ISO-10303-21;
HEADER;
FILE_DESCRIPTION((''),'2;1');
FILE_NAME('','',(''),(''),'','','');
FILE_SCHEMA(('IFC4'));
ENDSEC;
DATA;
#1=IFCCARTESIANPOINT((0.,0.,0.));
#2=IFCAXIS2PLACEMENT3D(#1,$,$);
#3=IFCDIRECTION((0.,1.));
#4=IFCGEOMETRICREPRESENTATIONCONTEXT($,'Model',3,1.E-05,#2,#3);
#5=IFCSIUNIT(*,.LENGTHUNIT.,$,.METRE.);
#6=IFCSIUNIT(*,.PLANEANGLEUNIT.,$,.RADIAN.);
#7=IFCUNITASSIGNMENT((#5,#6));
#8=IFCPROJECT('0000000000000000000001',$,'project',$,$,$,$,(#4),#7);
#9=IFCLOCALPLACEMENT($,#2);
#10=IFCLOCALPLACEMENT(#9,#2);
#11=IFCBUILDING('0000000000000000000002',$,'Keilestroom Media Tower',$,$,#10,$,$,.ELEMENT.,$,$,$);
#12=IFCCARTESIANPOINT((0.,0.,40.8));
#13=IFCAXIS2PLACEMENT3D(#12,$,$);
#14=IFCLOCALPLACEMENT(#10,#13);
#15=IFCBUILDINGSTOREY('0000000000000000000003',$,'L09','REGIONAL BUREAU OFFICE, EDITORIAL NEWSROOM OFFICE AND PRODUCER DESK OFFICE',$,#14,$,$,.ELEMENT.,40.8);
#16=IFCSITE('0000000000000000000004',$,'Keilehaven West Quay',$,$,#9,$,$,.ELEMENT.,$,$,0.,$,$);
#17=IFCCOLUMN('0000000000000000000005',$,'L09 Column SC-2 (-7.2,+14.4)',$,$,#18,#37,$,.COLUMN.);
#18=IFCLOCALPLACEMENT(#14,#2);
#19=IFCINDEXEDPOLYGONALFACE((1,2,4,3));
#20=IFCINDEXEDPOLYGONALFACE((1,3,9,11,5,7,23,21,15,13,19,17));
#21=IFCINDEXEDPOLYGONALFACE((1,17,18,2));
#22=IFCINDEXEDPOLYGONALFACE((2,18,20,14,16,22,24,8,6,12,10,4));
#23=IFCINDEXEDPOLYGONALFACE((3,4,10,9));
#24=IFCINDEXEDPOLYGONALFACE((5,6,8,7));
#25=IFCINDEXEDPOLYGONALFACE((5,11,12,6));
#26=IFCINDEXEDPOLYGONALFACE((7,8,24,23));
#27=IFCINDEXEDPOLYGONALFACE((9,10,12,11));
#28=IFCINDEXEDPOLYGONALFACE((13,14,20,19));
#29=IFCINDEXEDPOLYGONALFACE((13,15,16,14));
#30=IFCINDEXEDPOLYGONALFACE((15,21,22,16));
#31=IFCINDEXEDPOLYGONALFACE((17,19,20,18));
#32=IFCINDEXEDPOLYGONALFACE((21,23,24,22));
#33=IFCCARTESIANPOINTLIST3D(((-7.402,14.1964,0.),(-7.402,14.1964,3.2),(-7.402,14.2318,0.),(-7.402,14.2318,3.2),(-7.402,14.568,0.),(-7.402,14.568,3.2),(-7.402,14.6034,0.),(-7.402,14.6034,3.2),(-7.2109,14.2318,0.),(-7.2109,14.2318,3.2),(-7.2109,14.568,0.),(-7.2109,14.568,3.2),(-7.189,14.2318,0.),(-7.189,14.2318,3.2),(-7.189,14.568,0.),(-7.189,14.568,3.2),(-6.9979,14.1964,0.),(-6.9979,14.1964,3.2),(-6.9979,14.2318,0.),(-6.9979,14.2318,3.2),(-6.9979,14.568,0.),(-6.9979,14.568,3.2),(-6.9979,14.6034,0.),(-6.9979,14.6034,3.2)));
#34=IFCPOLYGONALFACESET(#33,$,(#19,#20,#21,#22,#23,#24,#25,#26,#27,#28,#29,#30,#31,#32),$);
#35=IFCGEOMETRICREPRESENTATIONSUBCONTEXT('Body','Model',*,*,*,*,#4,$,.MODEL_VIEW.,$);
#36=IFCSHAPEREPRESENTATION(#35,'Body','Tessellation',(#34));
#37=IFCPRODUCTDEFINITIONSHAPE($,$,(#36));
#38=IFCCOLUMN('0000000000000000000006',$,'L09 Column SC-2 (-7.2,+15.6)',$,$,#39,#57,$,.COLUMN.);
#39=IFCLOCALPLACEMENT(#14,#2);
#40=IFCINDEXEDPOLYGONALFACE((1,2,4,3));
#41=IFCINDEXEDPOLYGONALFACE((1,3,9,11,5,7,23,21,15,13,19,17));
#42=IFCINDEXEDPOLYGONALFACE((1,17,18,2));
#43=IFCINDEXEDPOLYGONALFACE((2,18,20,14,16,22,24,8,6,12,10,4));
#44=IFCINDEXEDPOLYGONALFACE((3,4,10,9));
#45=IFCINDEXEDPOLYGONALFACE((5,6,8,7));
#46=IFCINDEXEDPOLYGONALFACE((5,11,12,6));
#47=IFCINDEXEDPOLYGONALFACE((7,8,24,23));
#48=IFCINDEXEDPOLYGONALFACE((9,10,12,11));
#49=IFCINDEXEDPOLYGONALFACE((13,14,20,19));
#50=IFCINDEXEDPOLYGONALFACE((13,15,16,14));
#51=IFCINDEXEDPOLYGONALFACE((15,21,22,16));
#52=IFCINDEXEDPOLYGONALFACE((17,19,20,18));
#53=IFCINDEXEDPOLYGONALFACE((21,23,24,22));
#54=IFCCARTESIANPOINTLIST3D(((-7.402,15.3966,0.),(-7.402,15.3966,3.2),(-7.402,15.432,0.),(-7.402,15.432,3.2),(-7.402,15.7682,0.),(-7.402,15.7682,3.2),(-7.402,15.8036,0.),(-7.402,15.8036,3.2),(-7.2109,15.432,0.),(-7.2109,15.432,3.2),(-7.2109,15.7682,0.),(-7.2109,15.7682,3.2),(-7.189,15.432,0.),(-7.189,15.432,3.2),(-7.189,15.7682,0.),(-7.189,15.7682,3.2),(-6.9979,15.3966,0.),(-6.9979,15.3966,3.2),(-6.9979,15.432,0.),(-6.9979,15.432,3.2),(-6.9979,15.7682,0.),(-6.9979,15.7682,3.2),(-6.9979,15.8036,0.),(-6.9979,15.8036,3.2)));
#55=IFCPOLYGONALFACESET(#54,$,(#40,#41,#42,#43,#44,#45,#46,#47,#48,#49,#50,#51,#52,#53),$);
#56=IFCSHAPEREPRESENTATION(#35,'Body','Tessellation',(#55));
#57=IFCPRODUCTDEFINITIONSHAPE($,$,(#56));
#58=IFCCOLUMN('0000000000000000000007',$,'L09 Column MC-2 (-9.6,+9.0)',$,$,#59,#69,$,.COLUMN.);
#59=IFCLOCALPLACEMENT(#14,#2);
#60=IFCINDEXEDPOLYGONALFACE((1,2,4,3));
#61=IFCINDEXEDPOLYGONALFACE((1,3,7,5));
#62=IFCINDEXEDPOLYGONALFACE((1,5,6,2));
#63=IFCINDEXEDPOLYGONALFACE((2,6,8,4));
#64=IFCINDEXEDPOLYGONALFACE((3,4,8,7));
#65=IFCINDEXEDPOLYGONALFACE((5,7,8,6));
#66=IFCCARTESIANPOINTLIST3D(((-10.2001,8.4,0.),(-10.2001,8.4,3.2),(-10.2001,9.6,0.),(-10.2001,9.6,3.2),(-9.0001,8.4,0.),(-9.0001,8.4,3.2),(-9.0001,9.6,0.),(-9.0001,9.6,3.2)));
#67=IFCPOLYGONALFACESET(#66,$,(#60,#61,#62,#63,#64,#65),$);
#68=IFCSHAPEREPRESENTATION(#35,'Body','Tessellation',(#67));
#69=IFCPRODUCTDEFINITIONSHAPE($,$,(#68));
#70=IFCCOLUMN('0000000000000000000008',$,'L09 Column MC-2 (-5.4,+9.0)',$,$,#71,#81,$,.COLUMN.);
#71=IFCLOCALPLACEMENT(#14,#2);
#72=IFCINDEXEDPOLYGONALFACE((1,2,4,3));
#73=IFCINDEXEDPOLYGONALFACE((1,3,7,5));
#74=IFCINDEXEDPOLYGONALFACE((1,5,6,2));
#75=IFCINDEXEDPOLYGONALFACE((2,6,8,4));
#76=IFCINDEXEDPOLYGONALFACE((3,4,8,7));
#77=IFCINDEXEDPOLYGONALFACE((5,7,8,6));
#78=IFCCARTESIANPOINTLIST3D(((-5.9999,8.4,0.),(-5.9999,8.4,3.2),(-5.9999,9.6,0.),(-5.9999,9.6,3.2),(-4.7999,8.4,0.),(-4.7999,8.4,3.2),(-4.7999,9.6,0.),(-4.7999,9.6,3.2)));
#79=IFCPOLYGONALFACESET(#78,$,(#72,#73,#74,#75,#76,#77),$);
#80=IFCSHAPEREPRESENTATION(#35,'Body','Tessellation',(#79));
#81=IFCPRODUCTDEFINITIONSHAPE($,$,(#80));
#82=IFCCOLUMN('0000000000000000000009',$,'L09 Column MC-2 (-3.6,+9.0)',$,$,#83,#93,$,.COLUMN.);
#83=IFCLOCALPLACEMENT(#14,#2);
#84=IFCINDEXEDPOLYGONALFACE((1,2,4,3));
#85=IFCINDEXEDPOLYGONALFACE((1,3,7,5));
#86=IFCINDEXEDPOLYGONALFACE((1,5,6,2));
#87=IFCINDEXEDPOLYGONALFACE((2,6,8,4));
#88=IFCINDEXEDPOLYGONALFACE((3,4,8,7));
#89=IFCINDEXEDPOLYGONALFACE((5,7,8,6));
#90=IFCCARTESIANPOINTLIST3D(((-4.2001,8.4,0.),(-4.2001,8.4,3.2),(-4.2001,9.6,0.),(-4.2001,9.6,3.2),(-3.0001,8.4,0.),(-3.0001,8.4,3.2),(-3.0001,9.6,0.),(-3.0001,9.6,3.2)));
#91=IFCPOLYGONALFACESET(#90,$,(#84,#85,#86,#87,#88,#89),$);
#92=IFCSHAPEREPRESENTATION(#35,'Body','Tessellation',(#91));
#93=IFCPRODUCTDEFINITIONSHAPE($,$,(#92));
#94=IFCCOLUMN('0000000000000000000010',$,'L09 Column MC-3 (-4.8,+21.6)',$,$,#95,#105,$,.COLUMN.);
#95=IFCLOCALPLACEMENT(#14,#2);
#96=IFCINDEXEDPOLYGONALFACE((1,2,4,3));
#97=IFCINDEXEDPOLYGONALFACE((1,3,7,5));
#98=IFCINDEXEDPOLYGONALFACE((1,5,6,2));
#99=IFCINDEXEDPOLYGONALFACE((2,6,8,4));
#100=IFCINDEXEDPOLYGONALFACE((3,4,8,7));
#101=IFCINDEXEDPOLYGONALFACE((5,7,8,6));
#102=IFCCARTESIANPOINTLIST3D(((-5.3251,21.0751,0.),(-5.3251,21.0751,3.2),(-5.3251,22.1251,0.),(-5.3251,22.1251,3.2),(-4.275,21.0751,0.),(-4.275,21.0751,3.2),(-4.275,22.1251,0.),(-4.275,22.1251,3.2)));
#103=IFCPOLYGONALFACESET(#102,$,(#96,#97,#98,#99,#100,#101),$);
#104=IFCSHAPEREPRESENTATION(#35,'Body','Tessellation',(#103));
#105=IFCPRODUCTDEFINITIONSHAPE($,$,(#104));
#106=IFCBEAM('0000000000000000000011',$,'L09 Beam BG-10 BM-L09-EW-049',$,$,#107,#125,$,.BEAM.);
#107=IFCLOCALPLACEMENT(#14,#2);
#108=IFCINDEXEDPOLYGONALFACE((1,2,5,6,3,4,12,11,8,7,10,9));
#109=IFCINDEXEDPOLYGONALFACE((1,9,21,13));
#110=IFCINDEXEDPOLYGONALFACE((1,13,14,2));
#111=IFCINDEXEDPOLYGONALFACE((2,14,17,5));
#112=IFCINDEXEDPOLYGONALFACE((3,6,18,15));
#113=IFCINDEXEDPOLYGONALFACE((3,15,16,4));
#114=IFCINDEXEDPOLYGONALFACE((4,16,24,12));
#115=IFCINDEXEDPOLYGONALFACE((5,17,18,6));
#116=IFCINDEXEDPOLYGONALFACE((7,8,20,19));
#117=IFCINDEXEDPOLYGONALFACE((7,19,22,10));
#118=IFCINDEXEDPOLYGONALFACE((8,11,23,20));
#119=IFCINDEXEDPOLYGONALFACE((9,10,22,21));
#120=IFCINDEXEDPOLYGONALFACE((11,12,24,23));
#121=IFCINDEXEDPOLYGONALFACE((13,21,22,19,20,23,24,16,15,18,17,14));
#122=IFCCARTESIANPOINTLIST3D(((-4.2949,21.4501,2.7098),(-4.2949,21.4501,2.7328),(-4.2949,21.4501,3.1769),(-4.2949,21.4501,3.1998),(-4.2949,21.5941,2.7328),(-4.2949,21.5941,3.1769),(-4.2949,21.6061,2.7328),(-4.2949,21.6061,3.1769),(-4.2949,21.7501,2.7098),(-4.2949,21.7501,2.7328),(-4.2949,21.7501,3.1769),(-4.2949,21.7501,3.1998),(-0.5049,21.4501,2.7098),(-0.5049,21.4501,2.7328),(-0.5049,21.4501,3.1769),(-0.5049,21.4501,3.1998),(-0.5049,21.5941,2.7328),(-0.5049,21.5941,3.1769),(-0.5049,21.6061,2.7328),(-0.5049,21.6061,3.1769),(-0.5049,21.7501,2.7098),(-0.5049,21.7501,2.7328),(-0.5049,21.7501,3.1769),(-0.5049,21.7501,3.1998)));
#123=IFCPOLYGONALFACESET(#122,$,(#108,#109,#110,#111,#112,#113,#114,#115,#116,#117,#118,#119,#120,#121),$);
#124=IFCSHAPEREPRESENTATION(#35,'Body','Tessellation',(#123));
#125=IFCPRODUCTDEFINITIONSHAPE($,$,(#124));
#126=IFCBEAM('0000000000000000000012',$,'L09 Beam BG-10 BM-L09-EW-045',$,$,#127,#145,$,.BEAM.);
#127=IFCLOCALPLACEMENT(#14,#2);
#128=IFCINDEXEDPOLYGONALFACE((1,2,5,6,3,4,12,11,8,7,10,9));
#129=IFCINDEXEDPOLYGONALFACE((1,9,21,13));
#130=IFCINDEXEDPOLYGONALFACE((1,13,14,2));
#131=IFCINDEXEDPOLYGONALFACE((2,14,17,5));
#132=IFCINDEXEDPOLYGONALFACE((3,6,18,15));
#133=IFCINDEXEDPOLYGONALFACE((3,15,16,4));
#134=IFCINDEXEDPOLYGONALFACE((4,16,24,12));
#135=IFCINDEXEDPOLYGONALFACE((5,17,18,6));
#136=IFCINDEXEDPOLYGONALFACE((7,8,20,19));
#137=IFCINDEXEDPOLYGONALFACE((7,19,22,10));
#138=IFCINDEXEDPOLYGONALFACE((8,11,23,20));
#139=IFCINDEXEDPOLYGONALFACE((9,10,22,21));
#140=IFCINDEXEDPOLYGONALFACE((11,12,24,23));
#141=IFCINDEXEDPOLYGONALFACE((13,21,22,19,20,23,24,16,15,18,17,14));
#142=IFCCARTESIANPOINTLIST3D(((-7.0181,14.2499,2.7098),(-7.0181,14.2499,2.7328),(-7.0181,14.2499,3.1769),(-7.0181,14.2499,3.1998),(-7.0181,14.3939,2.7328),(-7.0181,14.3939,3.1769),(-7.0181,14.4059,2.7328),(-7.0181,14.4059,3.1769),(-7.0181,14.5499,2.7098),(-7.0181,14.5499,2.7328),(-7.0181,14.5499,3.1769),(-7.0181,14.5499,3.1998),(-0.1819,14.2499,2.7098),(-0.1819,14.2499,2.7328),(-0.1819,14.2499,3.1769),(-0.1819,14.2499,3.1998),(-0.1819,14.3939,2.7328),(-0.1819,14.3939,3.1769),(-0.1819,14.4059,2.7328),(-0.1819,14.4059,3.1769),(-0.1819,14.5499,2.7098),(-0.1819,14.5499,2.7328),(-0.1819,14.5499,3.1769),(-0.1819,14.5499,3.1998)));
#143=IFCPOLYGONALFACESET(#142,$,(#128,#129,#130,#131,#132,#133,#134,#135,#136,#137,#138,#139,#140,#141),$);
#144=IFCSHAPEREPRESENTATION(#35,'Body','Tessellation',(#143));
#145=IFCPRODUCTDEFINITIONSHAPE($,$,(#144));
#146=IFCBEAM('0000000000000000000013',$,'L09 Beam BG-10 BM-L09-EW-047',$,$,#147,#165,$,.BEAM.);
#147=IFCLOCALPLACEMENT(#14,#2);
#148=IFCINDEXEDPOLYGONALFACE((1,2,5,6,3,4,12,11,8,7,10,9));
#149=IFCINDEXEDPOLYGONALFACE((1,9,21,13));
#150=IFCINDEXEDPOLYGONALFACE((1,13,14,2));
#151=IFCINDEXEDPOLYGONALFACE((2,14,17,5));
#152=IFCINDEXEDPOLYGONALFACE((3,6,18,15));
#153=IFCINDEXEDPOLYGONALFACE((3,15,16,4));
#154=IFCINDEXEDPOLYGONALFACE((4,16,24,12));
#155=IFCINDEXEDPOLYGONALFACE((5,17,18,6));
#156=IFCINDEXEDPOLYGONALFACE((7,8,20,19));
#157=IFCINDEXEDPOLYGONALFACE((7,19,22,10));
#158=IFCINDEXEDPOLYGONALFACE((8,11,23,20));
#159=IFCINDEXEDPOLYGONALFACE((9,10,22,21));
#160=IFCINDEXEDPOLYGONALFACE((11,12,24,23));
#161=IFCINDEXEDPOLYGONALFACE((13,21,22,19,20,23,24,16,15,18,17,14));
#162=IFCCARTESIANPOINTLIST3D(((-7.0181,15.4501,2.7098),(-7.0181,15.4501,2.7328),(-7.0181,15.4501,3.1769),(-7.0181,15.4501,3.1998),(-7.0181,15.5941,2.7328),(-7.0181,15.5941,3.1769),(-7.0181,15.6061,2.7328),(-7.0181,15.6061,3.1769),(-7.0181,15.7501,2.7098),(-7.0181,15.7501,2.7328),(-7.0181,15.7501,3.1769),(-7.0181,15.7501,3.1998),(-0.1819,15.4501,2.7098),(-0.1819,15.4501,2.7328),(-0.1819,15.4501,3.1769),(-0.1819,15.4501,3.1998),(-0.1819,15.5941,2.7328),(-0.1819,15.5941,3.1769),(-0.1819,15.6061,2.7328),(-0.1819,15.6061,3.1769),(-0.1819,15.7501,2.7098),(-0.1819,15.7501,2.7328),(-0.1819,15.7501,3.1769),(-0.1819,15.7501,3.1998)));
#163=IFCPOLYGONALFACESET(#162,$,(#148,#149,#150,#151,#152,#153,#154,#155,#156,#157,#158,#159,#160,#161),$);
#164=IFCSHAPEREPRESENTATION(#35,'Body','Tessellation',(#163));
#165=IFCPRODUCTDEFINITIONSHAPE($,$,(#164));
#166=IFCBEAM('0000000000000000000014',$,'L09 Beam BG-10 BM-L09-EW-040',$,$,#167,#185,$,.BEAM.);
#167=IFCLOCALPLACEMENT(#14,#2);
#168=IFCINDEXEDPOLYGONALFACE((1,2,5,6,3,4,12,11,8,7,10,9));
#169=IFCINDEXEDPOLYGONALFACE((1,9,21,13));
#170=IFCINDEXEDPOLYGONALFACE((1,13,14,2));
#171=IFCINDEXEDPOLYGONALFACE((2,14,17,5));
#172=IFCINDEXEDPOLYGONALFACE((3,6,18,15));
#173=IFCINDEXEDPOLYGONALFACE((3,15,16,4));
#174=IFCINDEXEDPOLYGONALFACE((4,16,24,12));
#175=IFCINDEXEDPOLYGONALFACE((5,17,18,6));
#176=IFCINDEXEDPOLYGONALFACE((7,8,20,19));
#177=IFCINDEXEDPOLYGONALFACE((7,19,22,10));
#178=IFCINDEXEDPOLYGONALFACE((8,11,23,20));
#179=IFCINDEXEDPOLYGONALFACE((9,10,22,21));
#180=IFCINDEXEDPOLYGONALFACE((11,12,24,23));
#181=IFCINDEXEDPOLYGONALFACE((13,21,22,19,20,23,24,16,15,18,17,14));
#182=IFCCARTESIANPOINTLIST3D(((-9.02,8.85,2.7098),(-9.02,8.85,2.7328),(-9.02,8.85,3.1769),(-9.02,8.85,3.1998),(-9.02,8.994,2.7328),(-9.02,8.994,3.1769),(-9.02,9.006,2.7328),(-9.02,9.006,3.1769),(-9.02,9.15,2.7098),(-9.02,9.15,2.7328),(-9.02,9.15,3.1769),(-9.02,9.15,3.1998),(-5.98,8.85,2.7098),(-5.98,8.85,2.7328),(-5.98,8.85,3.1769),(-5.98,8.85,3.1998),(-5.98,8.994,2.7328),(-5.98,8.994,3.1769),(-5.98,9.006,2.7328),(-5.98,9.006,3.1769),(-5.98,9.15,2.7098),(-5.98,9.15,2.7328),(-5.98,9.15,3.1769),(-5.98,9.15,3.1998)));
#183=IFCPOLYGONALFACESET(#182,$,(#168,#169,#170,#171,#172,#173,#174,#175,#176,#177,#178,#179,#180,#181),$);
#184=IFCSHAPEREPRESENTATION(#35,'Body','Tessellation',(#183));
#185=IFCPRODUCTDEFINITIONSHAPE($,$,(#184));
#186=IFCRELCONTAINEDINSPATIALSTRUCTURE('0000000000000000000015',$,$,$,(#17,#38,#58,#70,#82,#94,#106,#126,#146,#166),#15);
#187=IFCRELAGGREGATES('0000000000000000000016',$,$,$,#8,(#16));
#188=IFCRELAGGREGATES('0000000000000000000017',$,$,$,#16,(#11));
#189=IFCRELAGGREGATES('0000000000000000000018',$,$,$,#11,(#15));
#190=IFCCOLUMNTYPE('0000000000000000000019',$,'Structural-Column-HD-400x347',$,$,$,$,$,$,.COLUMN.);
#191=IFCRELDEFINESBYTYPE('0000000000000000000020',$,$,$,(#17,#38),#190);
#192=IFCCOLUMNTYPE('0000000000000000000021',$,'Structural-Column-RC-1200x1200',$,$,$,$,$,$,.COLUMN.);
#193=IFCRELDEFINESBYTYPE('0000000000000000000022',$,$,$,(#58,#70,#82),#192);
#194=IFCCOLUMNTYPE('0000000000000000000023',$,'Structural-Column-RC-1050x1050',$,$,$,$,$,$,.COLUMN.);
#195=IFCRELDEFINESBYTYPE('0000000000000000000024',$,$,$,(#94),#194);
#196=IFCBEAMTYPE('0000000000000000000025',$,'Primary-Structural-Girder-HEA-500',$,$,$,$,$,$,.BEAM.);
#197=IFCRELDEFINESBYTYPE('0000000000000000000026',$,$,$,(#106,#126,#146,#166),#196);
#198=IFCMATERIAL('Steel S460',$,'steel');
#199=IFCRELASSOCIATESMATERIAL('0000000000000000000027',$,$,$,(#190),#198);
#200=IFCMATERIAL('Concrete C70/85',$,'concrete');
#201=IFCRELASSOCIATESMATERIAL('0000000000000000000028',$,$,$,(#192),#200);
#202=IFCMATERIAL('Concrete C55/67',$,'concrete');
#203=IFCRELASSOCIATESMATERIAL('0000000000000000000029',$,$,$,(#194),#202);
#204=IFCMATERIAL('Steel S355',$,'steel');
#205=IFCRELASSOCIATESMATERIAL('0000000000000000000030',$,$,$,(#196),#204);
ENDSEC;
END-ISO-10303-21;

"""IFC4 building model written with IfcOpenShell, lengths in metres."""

from ifc_helpers import new_model, si_unit, direction, frame, origin, origin_2d, place, context, subcontext, project, spatial, rectangle, i_section, extrude, source, transform, mapped, material, material_profile, profile_set, type_object, element, save


model = new_model("IFC4")

# Units and contexts
model_context = context("Model", 3, precision=1e-05, world=origin(), true_north=direction((0.0, 1.0)))
body_context = subcontext(model_context, "Body", "Model", "MODEL_VIEW")
ifc_project = project(units=[si_unit("LENGTHUNIT", "METRE"), si_unit("PLANEANGLEUNIT", "RADIAN")], contexts=[model_context])

# Site, building, storey
site_placement = place(None, origin())
site = spatial("IfcSite", under=ifc_project, at=site_placement, Name="Keilehaven West Quay", CompositionType="ELEMENT", RefElevation=0.0)
building_placement = place(site_placement, origin())
building = spatial("IfcBuilding", under=site, at=building_placement, Name="Keilestroom Media Tower", CompositionType="ELEMENT")
storey_placement = place(building_placement, frame((0.0, 0.0, 40.8)))
storey = spatial("IfcBuildingStorey", under=building, at=storey_placement, Name="L09", Description="REGIONAL BUREAU OFFICE, EDITORIAL NEWSROOM OFFICE AND PRODUCER DESK OFFICE", CompositionType="ELEMENT", Elevation=40.8)

# Columns
ifc_material_1 = material(Name="Steel S460", Category="steel")
ifc_material_profile_1 = material_profile(ifc_material_1, i_section(OverallWidth=0.4041, OverallDepth=0.407, WebThickness=0.022, FlangeThickness=0.0354, at=origin_2d()), Name="HD 400x347")
ifc_profile_set_1 = profile_set([ifc_material_profile_1], Name="Steel S460")
column_type_1 = type_object("IfcColumnType", Name="Structural-Column-HD-400x347", PredefinedType="COLUMN", material=ifc_profile_set_1)
shared_shape_1 = source(origin(), body_context, "Body", "SweptSolid", [
    extrude(i_section(OverallWidth=0.4041, OverallDepth=0.407, WebThickness=0.022, FlangeThickness=0.0354, at=origin_2d()), origin(), (0.0, 0.0, 1.0), 3.2),
])
for number, where, z_axis, x_axis, name in (
    (1, (-7.2, 14.3999, 0.0), (0.0, 0.0, 1.0), (1.0, 0.0, 0.0), "L09 Column SC-2 (-7.2,+14.4)"),
    (2, (-7.2, 15.6001, 0.0), (0.0, 0.0, 1.0), (1.0, 0.0, 0.0), "L09 Column SC-2 (-7.2,+15.6)"),
):
    element("IfcColumn", number, at=place(storey_placement, frame(where, z_axis=z_axis, x_axis=x_axis)), inside=storey, type_object=column_type_1, Name=name, PredefinedType="COLUMN", context=body_context, shape_type="MappedRepresentation", body=[
        mapped(shared_shape_1, transform((0.0, 0.0, 0.0), x_axis=(1.0, 0.0, 0.0), y_axis=(0.0, 1.0, 0.0), z_axis=(0.0, 0.0, 1.0), scale=1.0)),
    ])
ifc_material_2 = material(Name="Concrete C70/85", Category="concrete")
ifc_material_profile_2 = material_profile(ifc_material_2, rectangle(XDim=1.2, YDim=1.2, at=origin_2d()), Name="RC 1200x1200")
ifc_profile_set_2 = profile_set([ifc_material_profile_2], Name="Concrete C70/85")
column_type_2 = type_object("IfcColumnType", Name="Structural-Column-RC-1200x1200", PredefinedType="COLUMN", material=ifc_profile_set_2)
shared_shape_2 = source(origin(), body_context, "Body", "SweptSolid", [
    extrude(rectangle(XDim=1.2, YDim=1.2, at=origin_2d()), origin(), (0.0, 0.0, 1.0), 3.2),
])
for number, where, z_axis, x_axis, name in (
    (3, (-9.6001, 9.0, 0.0), (0.0, 0.0, 1.0), (1.0, 0.0, 0.0), "L09 Column MC-2 (-9.6,+9.0)"),
    (4, (-5.3999, 9.0, 0.0), (0.0, 0.0, 1.0), (1.0, 0.0, 0.0), "L09 Column MC-2 (-5.4,+9.0)"),
    (5, (-3.6001, 9.0, 0.0), (0.0, 0.0, 1.0), (1.0, 0.0, 0.0), "L09 Column MC-2 (-3.6,+9.0)"),
):
    element("IfcColumn", number, at=place(storey_placement, frame(where, z_axis=z_axis, x_axis=x_axis)), inside=storey, type_object=column_type_2, Name=name, PredefinedType="COLUMN", context=body_context, shape_type="MappedRepresentation", body=[
        mapped(shared_shape_2, transform((0.0, 0.0, 0.0), x_axis=(1.0, 0.0, 0.0), y_axis=(0.0, 1.0, 0.0), z_axis=(0.0, 0.0, 1.0), scale=1.0)),
    ])
ifc_material_3 = material(Name="Concrete C55/67", Category="concrete")
ifc_material_profile_3 = material_profile(ifc_material_3, rectangle(XDim=1.05, YDim=1.05, at=origin_2d()), Name="RC 1050x1050")
ifc_profile_set_3 = profile_set([ifc_material_profile_3], Name="Concrete C55/67")
column_type_3 = type_object("IfcColumnType", Name="Structural-Column-RC-1050x1050", PredefinedType="COLUMN", material=ifc_profile_set_3)
shared_shape_3 = source(origin(), body_context, "Body", "SweptSolid", [
    extrude(rectangle(XDim=1.05, YDim=1.05, at=origin_2d()), origin(), (0.0, 0.0, 1.0), 3.2),
])
column_placement = place(storey_placement, frame((-4.8, 21.6001, 0.0), z_axis=(0.0, 0.0, 1.0), x_axis=(1.0, 0.0, 0.0)))
element("IfcColumn", 6, at=column_placement, inside=storey, type_object=column_type_3, Name="L09 Column MC-3 (-4.8,+21.6)", PredefinedType="COLUMN", context=body_context, shape_type="MappedRepresentation", body=[
    mapped(shared_shape_3, transform((0.0, 0.0, 0.0), x_axis=(1.0, 0.0, 0.0), y_axis=(0.0, 1.0, 0.0), z_axis=(0.0, 0.0, 1.0), scale=1.0)),
])

# Beams
ifc_material_4 = material(Name="Steel S355", Category="steel")
ifc_material_profile_4 = material_profile(ifc_material_4, i_section(OverallWidth=0.3, OverallDepth=0.49, WebThickness=0.012, FlangeThickness=0.0229, at=origin_2d()), Name="HEA 500")
ifc_profile_set_4 = profile_set([ifc_material_profile_4], Name="Steel S355")
beam_type = type_object("IfcBeamType", Name="Primary-Structural-Girder-HEA-500", PredefinedType="BEAM", material=ifc_profile_set_4)
shared_shape_4 = source(origin(), body_context, "Body", "SweptSolid", [
    extrude(i_section(OverallWidth=0.3, OverallDepth=0.49, WebThickness=0.012, FlangeThickness=0.0229, at=origin_2d()), origin(), (0.0, 0.0, 1.0), 3.79),
])
beam_1_placement = place(storey_placement, frame((-4.2949, 21.6001, 2.9548), z_axis=(1.0, 0.0, 0.0), x_axis=(0.0, 1.0, 0.0)))
element("IfcBeam", 7, at=beam_1_placement, inside=storey, type_object=beam_type, Name="L09 Beam BG-10 BM-L09-EW-049", PredefinedType="BEAM", context=body_context, shape_type="MappedRepresentation", body=[
    mapped(shared_shape_4, transform((0.0, 0.0, 0.0), x_axis=(1.0, 0.0, 0.0), y_axis=(0.0, 1.0, 0.0), z_axis=(0.0, 0.0, 1.0), scale=1.0)),
])
shared_shape_5 = source(origin(), body_context, "Body", "SweptSolid", [
    extrude(i_section(OverallWidth=0.3, OverallDepth=0.49, WebThickness=0.012, FlangeThickness=0.0229, at=origin_2d()), origin(), (0.0, 0.0, 1.0), 6.8362),
])
for number, where, z_axis, x_axis, name in (
    (8, (-7.0181, 14.3999, 2.9548), (1.0, 0.0, 0.0), (0.0, 1.0, 0.0), "L09 Beam BG-10 BM-L09-EW-045"),
    (9, (-7.0181, 15.6001, 2.9548), (1.0, 0.0, 0.0), (0.0, 1.0, 0.0), "L09 Beam BG-10 BM-L09-EW-047"),
):
    element("IfcBeam", number, at=place(storey_placement, frame(where, z_axis=z_axis, x_axis=x_axis)), inside=storey, type_object=beam_type, Name=name, PredefinedType="BEAM", context=body_context, shape_type="MappedRepresentation", body=[
        mapped(shared_shape_5, transform((0.0, 0.0, 0.0), x_axis=(1.0, 0.0, 0.0), y_axis=(0.0, 1.0, 0.0), z_axis=(0.0, 0.0, 1.0), scale=1.0)),
    ])
shared_shape_6 = source(origin(), body_context, "Body", "SweptSolid", [
    extrude(i_section(OverallWidth=0.3, OverallDepth=0.49, WebThickness=0.012, FlangeThickness=0.0229, at=origin_2d()), origin(), (0.0, 0.0, 1.0), 3.04),
])
beam_2_placement = place(storey_placement, frame((-9.02, 9.0, 2.9548), z_axis=(1.0, 0.0, 0.0), x_axis=(0.0, 1.0, 0.0)))
element("IfcBeam", 10, at=beam_2_placement, inside=storey, type_object=beam_type, Name="L09 Beam BG-10 BM-L09-EW-040", PredefinedType="BEAM", context=body_context, shape_type="MappedRepresentation", body=[
    mapped(shared_shape_6, transform((0.0, 0.0, 0.0), x_axis=(1.0, 0.0, 0.0), y_axis=(0.0, 1.0, 0.0), z_axis=(0.0, 0.0, 1.0), scale=1.0)),
])

save(model, "model.ifc")
